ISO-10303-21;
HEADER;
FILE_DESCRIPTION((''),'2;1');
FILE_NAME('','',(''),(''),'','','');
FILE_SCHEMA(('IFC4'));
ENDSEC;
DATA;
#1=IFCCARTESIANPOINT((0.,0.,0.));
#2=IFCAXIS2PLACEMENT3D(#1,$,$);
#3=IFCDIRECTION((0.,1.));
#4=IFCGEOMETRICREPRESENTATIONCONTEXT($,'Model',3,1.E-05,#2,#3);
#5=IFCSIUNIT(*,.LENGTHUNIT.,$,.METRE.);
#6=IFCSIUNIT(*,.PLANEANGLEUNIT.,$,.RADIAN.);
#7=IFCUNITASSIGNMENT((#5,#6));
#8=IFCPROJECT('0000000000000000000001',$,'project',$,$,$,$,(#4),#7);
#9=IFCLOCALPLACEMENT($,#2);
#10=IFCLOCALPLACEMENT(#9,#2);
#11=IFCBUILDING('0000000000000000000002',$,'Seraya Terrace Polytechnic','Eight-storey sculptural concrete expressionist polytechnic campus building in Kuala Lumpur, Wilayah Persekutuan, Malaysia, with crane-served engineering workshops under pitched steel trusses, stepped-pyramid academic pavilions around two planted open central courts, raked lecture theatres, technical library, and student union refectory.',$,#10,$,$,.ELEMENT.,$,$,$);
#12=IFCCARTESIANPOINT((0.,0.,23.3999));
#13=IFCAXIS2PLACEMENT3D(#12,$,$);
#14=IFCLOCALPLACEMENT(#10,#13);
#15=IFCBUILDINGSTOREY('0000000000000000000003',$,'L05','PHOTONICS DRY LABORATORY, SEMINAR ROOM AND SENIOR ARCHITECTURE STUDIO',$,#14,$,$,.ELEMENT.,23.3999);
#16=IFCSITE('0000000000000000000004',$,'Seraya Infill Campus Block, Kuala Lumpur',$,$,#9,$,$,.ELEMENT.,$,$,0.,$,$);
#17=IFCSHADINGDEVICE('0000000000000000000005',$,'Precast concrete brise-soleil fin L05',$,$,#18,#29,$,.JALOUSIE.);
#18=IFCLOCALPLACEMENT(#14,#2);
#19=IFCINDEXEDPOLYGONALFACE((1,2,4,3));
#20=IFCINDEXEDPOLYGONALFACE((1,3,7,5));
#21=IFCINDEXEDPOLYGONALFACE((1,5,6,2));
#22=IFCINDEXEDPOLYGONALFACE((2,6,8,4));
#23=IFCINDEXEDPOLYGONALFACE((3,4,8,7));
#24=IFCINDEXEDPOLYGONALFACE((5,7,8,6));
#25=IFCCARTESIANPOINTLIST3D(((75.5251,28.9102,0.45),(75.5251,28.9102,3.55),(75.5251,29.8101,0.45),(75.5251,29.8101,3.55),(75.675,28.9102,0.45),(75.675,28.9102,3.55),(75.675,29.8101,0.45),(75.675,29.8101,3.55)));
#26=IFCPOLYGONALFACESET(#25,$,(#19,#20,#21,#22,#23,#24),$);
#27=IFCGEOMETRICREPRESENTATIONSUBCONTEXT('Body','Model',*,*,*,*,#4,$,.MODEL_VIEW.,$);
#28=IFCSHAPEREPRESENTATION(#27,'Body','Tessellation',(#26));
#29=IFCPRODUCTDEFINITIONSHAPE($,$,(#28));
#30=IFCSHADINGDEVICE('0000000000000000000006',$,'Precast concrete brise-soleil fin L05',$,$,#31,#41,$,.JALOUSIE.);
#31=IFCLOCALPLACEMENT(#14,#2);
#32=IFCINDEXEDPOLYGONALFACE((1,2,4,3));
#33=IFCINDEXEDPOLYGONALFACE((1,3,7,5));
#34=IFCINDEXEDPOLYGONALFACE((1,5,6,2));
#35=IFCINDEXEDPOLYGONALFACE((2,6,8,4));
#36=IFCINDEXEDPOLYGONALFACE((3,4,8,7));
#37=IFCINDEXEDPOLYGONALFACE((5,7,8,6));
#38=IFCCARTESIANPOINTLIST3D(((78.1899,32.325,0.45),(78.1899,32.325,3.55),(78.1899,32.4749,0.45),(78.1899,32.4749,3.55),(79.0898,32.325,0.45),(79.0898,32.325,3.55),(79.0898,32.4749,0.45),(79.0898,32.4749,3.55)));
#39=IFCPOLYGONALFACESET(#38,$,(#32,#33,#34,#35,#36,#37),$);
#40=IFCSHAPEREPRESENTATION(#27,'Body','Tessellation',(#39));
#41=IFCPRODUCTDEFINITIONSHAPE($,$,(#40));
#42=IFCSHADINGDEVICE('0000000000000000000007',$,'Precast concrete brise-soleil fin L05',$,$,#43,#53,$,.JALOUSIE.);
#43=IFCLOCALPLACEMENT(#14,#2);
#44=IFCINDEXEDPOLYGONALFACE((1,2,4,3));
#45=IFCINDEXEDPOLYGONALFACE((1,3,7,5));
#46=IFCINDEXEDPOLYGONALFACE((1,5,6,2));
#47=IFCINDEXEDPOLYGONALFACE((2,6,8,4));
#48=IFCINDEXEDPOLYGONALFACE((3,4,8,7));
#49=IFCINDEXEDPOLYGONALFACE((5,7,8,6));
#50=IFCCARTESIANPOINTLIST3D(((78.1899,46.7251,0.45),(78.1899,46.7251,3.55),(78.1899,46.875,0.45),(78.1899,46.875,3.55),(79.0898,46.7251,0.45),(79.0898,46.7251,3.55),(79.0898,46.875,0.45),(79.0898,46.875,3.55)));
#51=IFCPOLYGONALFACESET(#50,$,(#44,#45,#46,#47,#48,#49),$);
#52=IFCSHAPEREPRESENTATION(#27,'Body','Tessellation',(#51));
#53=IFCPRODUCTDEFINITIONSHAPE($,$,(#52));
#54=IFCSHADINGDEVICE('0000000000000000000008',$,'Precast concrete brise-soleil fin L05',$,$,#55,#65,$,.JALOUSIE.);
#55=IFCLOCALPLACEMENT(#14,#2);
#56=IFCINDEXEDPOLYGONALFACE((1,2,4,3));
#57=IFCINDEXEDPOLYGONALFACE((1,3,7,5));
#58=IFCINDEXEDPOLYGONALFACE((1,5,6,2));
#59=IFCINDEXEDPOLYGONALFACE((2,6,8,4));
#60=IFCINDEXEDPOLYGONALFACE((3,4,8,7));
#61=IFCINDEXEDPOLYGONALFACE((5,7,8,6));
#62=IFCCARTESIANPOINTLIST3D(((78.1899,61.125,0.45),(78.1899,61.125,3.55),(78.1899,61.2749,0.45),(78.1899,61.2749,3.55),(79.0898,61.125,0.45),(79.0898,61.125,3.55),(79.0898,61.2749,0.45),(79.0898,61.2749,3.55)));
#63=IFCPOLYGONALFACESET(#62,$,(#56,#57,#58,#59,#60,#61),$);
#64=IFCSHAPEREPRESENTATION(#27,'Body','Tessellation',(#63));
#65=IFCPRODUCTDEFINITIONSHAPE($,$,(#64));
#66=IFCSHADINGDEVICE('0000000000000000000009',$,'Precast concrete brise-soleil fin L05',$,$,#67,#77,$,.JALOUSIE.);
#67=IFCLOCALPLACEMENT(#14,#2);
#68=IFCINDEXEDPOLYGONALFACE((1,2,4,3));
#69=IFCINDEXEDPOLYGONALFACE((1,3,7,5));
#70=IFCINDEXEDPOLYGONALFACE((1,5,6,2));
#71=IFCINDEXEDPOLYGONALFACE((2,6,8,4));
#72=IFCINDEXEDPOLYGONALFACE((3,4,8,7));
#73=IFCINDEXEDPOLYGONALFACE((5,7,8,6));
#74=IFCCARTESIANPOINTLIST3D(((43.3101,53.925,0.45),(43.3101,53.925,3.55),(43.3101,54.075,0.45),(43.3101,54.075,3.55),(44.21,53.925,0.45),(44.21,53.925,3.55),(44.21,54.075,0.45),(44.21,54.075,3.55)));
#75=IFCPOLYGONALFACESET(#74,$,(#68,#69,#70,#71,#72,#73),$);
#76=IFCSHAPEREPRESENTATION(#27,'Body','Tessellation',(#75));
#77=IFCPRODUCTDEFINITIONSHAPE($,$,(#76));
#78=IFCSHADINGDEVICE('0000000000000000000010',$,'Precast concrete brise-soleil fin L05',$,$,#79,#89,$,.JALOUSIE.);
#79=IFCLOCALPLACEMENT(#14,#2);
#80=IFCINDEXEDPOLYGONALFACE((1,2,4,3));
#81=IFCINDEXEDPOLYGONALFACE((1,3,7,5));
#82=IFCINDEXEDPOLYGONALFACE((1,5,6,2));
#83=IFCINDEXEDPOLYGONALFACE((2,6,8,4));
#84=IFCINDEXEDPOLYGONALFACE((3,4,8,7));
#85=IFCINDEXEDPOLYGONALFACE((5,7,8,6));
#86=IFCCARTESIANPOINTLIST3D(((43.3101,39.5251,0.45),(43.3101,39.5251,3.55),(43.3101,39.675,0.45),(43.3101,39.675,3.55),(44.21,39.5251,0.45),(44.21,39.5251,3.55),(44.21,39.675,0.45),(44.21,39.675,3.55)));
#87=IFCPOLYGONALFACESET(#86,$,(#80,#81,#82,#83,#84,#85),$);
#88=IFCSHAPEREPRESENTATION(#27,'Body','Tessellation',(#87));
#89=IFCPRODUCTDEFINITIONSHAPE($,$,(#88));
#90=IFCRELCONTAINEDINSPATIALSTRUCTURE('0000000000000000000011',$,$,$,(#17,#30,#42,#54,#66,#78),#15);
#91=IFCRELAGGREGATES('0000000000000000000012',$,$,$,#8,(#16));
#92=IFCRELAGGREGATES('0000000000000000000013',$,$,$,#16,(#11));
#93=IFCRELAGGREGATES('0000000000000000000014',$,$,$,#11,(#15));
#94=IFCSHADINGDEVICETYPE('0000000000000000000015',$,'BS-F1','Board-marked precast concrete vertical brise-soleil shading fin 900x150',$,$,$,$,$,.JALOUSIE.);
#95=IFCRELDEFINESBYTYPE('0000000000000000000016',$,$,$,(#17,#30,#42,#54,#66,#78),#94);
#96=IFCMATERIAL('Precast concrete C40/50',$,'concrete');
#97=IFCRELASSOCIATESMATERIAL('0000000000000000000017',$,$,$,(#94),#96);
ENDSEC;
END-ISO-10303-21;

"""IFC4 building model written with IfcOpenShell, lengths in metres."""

from ifc_helpers import new_model, si_unit, direction, frame, origin, origin_2d, place, context, subcontext, project, spatial, rectangle, extrude, material, type_object, element, save


model = new_model("IFC4")

# Units and contexts
model_context = context("Model", 3, precision=1e-05, world=origin(), true_north=direction((0.0, 1.0)))
body_context = subcontext(model_context, "Body", "Model", "MODEL_VIEW")
ifc_project = project(units=[si_unit("LENGTHUNIT", "METRE"), si_unit("PLANEANGLEUNIT", "RADIAN")], contexts=[model_context])

# Site, building, storey
site_placement = place(None, origin())
site = spatial("IfcSite", under=ifc_project, at=site_placement, Name="Seraya Infill Campus Block, Kuala Lumpur", CompositionType="ELEMENT", RefElevation=0.0)
building_placement = place(site_placement, origin())
building = spatial("IfcBuilding", under=site, at=building_placement, Name="Seraya Terrace Polytechnic", Description="Eight-storey sculptural concrete expressionist polytechnic campus building in Kuala Lumpur, Wilayah Persekutuan, Malaysia, with crane-served engineering workshops under pitched steel trusses, stepped-pyramid academic pavilions around two planted open central courts, raked lecture theatres, technical library, and student union refectory.", CompositionType="ELEMENT")
storey_placement = place(building_placement, frame((0.0, 0.0, 23.3999)))
storey = spatial("IfcBuildingStorey", under=building, at=storey_placement, Name="L05", Description="PHOTONICS DRY LABORATORY, SEMINAR ROOM AND SENIOR ARCHITECTURE STUDIO", CompositionType="ELEMENT", Elevation=23.3999)

# Shared definitions
ifc_material_1 = material(Name="Precast concrete C40/50", Category="concrete")

# Shading devices
shading_device_type = type_object("IfcShadingDeviceType", Name="BS-F1", Description="Board-marked precast concrete vertical brise-soleil shading fin 900x150", PredefinedType="JALOUSIE", material=ifc_material_1)
for number, where, z_axis, x_axis, name in (
    (1, (75.6001, 29.3601, 0.45), (0.0, 0.0, 1.0), (0.0, 1.0, 0.0), "Precast concrete brise-soleil fin L05"),
    (2, (78.6399, 32.3999, 0.45), (0.0, 0.0, 1.0), (-1.0, 0.0, 0.0), "Precast concrete brise-soleil fin L05"),
    (3, (78.6399, 46.8, 0.45), (0.0, 0.0, 1.0), (-1.0, 0.0, 0.0), "Precast concrete brise-soleil fin L05"),
    (4, (78.6399, 61.2, 0.45), (0.0, 0.0, 1.0), (-1.0, 0.0, 0.0), "Precast concrete brise-soleil fin L05"),
    (5, (43.76, 54.0, 0.45), (0.0, 0.0, 1.0), (1.0, 0.0, 0.0), "Precast concrete brise-soleil fin L05"),
    (6, (43.76, 39.6001, 0.45), (0.0, 0.0, 1.0), (1.0, 0.0, 0.0), "Precast concrete brise-soleil fin L05"),
):
    element("IfcShadingDevice", number, at=place(storey_placement, frame(where, z_axis=z_axis, x_axis=x_axis)), inside=storey, type_object=shading_device_type, Name=name, PredefinedType="JALOUSIE", context=body_context, shape_type="SweptSolid", body=[
        extrude(rectangle(XDim=0.8999, YDim=0.1499, at=origin_2d()), origin(), (0.0, 0.0, 1.0), 3.1001),
    ])

save(model, "model.ifc")
